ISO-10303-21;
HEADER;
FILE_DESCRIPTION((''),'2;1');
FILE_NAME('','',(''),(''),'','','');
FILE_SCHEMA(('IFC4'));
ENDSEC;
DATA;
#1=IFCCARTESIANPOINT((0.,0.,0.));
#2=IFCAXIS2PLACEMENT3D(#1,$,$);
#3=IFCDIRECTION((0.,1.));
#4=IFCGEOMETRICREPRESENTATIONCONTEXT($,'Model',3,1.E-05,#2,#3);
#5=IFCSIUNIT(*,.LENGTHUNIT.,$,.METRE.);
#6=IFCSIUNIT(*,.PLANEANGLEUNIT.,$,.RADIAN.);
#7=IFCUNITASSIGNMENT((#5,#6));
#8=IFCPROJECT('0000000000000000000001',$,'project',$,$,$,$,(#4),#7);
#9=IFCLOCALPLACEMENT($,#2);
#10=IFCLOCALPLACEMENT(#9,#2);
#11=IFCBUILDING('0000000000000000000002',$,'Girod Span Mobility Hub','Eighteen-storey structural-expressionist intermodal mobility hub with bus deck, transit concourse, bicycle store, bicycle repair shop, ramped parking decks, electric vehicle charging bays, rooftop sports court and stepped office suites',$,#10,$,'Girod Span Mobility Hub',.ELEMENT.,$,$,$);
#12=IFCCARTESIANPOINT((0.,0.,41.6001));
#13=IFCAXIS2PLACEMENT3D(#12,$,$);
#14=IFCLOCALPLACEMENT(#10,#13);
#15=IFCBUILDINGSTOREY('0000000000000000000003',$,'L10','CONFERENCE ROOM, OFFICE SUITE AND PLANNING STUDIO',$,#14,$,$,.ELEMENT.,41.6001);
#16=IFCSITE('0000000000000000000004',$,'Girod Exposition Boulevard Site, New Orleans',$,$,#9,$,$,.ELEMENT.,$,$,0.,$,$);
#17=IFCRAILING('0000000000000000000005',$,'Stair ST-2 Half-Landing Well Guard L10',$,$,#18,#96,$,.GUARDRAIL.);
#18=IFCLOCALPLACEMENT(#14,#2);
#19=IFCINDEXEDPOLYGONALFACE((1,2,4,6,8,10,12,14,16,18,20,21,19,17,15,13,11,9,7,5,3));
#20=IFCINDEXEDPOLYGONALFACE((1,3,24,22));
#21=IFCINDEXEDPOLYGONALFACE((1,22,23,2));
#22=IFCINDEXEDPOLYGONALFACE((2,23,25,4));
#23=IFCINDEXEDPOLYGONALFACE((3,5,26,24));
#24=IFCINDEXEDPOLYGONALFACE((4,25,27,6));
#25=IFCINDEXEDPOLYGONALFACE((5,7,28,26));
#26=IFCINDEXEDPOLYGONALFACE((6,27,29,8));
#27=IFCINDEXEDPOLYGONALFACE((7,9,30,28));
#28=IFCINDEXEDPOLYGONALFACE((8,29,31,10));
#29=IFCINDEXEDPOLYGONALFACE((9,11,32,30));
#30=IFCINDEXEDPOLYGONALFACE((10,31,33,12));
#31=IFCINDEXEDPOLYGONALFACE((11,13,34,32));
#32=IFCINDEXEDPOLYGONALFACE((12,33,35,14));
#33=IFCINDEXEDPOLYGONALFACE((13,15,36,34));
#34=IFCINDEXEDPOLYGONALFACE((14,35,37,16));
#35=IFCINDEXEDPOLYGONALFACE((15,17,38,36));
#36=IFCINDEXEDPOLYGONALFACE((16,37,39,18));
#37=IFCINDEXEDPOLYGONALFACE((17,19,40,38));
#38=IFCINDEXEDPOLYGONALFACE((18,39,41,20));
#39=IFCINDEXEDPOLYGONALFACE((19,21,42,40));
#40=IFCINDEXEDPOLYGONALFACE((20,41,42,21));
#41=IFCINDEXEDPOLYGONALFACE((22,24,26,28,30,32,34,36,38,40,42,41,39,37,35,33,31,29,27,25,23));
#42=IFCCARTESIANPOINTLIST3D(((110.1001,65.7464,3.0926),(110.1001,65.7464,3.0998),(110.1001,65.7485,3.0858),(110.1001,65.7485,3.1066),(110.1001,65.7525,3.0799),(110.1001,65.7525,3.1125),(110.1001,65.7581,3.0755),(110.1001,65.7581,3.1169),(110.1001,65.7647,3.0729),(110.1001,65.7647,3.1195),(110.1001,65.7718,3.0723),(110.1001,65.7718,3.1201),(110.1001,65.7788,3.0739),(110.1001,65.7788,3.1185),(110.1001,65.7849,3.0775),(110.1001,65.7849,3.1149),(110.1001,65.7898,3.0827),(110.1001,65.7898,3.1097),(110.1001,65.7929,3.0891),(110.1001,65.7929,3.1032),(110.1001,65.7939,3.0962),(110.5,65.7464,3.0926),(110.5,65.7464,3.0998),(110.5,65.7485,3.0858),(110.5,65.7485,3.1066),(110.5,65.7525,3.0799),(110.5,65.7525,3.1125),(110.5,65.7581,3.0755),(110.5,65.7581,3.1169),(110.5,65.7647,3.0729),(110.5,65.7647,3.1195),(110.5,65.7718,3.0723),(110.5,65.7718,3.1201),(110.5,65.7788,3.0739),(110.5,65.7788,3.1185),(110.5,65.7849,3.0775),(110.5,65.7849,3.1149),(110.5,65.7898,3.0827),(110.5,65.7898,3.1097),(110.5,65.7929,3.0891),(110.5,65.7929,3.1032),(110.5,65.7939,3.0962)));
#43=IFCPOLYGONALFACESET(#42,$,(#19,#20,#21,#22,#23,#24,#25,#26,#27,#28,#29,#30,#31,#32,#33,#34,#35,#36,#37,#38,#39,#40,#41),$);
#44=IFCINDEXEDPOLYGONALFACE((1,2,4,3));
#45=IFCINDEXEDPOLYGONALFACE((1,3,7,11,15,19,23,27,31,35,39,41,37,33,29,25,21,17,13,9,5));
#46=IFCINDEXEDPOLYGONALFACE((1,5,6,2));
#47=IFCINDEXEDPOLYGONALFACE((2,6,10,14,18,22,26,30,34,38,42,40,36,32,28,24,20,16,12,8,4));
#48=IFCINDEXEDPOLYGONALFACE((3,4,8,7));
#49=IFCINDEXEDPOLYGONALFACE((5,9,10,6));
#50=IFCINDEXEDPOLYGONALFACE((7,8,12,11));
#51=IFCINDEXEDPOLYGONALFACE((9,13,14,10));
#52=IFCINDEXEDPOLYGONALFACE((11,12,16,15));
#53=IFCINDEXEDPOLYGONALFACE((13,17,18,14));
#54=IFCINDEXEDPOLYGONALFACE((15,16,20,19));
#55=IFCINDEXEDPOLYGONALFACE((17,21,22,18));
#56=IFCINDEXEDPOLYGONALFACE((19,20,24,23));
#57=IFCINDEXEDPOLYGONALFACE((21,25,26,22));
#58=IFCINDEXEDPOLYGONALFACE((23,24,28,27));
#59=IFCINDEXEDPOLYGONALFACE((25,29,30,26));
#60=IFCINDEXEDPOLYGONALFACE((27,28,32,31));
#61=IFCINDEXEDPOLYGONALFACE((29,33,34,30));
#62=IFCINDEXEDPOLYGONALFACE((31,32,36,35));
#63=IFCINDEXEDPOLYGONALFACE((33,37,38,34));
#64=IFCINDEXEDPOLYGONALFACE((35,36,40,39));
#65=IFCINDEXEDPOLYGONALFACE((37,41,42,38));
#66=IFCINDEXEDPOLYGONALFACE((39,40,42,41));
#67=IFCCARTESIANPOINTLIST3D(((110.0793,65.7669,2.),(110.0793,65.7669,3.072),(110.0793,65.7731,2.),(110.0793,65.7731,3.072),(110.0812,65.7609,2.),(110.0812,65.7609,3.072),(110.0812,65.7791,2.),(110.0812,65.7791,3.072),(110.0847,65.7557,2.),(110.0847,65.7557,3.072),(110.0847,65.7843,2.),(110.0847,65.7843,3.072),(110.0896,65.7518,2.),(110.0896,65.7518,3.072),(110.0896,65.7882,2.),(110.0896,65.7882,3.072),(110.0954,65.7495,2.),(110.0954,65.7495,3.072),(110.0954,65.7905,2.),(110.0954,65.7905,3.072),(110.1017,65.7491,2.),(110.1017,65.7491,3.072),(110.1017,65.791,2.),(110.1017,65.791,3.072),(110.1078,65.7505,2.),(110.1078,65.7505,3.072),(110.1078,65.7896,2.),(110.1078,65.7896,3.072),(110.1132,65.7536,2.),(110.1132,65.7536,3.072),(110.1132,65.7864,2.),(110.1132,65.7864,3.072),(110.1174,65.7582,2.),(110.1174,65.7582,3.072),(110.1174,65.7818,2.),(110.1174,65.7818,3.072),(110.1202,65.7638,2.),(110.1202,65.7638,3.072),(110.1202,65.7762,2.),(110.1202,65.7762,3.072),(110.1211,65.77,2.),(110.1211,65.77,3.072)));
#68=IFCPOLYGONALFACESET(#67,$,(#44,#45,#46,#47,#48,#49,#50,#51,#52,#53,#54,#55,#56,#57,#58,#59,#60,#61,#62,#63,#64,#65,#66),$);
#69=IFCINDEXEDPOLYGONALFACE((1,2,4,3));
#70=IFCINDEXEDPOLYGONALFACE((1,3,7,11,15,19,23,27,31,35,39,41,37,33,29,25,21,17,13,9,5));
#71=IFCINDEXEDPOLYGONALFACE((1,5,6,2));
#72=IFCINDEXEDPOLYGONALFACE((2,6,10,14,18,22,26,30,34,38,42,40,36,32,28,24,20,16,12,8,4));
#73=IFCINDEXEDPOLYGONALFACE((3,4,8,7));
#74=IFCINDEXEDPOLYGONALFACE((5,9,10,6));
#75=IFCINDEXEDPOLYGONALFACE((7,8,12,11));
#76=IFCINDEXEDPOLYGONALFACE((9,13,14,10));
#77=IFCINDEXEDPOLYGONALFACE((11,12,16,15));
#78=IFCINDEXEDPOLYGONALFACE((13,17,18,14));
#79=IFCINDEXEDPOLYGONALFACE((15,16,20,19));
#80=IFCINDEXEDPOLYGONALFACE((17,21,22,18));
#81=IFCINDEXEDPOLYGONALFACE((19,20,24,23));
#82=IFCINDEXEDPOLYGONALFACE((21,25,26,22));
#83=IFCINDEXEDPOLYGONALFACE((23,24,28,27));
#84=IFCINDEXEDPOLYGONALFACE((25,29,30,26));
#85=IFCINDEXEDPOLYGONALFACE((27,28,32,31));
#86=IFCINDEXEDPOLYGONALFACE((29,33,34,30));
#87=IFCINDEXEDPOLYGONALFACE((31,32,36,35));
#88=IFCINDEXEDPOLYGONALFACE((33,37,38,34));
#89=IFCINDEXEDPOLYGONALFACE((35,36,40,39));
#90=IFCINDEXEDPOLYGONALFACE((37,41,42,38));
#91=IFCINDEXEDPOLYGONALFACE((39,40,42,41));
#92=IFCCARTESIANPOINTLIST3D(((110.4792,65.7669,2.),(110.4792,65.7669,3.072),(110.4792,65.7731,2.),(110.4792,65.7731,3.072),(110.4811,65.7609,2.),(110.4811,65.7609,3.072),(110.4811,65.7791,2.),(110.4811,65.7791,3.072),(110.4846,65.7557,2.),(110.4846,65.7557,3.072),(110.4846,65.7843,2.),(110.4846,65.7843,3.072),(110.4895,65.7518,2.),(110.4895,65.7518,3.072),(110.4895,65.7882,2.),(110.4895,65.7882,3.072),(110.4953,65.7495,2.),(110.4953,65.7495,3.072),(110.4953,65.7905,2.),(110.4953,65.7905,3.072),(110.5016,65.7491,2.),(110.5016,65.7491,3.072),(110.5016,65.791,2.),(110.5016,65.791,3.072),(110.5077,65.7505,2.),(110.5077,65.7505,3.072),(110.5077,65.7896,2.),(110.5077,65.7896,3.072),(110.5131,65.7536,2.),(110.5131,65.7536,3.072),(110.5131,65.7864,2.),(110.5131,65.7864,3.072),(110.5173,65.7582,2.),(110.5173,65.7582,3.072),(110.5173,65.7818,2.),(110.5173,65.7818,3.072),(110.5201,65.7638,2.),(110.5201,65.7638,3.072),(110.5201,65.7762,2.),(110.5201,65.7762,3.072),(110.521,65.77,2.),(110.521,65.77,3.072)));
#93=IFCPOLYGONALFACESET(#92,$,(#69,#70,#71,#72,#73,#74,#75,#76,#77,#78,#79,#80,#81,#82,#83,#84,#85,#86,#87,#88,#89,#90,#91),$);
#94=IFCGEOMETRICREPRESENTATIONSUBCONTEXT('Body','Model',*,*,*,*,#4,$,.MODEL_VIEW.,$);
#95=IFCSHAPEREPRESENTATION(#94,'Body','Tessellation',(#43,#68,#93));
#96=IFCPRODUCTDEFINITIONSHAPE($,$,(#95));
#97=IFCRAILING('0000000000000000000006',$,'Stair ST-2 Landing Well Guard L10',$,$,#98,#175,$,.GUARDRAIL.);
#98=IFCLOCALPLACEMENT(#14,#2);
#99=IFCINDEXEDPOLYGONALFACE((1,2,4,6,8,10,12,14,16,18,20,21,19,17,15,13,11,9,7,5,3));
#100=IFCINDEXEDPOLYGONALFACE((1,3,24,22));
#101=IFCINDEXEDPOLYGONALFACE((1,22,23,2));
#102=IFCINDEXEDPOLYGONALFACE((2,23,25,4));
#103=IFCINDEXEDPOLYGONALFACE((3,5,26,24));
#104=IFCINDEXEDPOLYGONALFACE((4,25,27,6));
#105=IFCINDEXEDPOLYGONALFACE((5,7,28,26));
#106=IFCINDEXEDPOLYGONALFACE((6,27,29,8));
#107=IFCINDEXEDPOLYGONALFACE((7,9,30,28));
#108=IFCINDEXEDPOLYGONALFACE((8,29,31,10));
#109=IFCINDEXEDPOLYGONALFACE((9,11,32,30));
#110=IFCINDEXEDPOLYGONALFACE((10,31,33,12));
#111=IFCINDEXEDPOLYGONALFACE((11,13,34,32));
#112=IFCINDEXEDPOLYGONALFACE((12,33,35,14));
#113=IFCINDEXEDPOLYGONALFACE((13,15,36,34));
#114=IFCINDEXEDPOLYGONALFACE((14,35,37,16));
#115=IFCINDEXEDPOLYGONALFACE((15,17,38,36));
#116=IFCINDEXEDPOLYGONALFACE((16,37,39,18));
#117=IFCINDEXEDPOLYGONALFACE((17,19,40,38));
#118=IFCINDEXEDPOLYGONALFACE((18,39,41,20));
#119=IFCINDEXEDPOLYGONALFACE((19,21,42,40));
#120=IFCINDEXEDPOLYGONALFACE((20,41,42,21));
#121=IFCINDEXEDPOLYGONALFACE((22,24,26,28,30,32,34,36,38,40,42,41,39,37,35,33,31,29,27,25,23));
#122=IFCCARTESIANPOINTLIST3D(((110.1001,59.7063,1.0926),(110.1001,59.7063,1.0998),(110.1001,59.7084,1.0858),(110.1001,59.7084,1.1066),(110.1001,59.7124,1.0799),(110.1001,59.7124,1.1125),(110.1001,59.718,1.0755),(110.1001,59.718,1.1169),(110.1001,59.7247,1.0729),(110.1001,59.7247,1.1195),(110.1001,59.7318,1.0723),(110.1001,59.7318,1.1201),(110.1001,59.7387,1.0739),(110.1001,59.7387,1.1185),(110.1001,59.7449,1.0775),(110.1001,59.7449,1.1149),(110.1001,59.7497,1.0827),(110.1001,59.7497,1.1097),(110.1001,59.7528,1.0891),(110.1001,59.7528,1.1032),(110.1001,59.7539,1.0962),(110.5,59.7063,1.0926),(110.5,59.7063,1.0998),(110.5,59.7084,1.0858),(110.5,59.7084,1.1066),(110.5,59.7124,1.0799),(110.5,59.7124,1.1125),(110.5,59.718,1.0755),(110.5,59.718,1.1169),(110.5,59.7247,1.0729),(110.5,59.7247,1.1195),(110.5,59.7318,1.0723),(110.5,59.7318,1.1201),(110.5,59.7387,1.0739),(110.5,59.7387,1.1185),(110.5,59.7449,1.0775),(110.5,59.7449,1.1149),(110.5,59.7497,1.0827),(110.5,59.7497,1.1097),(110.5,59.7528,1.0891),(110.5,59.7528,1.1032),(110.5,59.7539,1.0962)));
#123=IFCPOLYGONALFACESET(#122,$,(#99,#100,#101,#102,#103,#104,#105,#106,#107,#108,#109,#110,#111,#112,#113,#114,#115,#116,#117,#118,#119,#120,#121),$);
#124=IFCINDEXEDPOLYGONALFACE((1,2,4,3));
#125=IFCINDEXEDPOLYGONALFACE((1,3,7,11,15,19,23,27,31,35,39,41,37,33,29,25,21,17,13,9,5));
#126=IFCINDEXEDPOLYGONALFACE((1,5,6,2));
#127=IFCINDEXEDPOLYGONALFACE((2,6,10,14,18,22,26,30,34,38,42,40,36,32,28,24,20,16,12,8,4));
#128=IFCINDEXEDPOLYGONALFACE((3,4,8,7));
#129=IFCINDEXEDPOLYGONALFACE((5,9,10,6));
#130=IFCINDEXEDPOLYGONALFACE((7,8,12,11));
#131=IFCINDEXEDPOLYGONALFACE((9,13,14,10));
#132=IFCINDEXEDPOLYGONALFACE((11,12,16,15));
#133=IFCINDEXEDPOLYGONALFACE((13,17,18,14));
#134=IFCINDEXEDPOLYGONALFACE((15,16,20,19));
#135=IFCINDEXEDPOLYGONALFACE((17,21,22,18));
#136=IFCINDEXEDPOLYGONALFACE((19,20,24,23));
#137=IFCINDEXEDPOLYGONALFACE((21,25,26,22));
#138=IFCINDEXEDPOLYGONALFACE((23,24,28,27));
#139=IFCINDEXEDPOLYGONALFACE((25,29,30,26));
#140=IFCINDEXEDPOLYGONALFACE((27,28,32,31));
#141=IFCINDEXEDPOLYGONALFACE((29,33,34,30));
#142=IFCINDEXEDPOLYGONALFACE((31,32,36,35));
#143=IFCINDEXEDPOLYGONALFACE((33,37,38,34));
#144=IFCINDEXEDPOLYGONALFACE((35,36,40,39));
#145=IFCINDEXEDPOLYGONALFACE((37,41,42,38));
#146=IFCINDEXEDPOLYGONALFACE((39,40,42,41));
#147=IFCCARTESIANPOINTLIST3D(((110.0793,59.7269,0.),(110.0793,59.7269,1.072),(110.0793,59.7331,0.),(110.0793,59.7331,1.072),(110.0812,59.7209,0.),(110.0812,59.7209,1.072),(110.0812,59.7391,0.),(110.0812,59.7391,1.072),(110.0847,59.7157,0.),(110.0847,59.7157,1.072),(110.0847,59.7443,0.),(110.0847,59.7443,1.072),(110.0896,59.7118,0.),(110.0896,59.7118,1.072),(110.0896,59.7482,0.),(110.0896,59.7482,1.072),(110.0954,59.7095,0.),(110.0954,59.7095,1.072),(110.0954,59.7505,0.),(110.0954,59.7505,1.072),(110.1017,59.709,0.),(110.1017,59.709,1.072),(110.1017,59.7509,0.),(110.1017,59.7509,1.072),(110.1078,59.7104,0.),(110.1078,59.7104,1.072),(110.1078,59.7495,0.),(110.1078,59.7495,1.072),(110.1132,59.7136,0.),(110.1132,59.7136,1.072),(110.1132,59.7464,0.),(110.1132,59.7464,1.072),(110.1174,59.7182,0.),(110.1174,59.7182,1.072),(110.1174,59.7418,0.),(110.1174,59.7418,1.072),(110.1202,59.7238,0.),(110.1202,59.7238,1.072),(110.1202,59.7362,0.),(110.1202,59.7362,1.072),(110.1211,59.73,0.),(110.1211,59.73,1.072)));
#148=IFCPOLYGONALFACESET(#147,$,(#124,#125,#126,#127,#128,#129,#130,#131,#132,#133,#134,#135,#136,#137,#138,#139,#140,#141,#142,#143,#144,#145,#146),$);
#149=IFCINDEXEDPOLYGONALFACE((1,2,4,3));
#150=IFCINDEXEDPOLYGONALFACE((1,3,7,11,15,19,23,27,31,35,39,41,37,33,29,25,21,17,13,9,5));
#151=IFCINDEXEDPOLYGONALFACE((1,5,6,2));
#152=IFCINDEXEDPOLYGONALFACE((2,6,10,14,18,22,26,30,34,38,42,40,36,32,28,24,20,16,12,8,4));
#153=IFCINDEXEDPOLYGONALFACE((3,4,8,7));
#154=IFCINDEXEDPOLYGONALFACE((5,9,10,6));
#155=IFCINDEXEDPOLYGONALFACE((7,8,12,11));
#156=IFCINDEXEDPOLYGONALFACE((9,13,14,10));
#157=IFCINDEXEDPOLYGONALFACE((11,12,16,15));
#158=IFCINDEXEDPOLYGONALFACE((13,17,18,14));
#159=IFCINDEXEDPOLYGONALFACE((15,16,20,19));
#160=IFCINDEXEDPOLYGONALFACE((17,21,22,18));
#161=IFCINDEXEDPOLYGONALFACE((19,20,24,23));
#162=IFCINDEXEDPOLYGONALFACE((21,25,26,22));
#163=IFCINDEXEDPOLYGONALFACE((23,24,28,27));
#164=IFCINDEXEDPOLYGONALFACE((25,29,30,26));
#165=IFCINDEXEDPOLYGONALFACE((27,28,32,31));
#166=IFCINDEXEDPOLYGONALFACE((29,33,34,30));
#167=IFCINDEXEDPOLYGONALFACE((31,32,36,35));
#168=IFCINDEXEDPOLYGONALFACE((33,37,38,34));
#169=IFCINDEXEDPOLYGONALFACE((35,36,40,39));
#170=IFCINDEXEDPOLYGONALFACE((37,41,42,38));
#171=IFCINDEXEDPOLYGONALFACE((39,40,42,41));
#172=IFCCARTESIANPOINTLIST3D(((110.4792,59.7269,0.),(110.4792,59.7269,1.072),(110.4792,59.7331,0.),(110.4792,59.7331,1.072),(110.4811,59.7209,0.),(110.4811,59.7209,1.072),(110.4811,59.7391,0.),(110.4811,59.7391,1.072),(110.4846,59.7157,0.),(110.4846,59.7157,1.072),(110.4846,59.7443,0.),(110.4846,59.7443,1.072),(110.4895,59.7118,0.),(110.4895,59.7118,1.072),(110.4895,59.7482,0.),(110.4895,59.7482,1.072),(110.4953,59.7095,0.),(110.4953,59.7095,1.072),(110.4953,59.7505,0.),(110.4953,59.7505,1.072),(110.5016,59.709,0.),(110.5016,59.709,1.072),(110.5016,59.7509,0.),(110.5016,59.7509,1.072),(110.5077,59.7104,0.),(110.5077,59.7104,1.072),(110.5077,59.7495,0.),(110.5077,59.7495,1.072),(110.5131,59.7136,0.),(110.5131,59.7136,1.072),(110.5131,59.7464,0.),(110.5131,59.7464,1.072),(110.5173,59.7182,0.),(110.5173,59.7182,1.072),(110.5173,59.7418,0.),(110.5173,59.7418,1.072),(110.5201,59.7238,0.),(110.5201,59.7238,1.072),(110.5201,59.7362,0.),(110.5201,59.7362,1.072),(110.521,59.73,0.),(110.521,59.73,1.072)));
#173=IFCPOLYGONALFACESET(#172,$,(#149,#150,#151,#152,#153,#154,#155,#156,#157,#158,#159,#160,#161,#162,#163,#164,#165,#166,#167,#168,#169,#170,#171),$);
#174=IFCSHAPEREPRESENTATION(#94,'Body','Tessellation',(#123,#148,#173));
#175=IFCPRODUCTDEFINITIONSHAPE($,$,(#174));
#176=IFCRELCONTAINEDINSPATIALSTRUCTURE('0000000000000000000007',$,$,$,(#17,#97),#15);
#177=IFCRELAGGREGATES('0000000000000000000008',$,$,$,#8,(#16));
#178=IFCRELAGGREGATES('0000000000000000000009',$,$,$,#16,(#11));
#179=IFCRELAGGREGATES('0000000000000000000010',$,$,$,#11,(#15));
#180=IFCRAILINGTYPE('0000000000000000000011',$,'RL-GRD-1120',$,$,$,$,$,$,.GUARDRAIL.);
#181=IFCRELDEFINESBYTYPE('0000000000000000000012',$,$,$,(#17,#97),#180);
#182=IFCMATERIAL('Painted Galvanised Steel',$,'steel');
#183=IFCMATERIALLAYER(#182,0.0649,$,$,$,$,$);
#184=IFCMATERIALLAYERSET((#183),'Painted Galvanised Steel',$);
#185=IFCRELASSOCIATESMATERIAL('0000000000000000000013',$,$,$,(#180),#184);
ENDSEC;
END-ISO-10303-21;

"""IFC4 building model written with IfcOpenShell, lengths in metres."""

from ifc_helpers import new_model, si_unit, direction, frame, origin, origin_2d, place, context, subcontext, project, spatial, circle, extrude, material, layer, layer_set, type_object, element, save


model = new_model("IFC4")

# Units and contexts
model_context = context("Model", 3, precision=1e-05, world=origin(), true_north=direction((0.0, 1.0)))
body_context = subcontext(model_context, "Body", "Model", "MODEL_VIEW")
ifc_project = project(units=[si_unit("LENGTHUNIT", "METRE"), si_unit("PLANEANGLEUNIT", "RADIAN")], contexts=[model_context])

# Site, building, storey
site_placement = place(None, origin())
site = spatial("IfcSite", under=ifc_project, at=site_placement, Name="Girod Exposition Boulevard Site, New Orleans", CompositionType="ELEMENT", RefElevation=0.0)
building_placement = place(site_placement, origin())
building = spatial("IfcBuilding", under=site, at=building_placement, Name="Girod Span Mobility Hub", Description="Eighteen-storey structural-expressionist intermodal mobility hub with bus deck, transit concourse, bicycle store, bicycle repair shop, ramped parking decks, electric vehicle charging bays, rooftop sports court and stepped office suites", LongName="Girod Span Mobility Hub", CompositionType="ELEMENT")
storey_placement = place(building_placement, frame((0.0, 0.0, 41.6001)))
storey = spatial("IfcBuildingStorey", under=building, at=storey_placement, Name="L10", Description="CONFERENCE ROOM, OFFICE SUITE AND PLANNING STUDIO", CompositionType="ELEMENT", Elevation=41.6001)

# Railings
ifc_material_1 = material(Name="Painted Galvanised Steel", Category="steel")
ifc_layer_1 = layer(ifc_material_1, 0.0649)
ifc_layer_set_1 = layer_set([ifc_layer_1], Name="Painted Galvanised Steel")
railing_type_1 = type_object("IfcRailingType", Name="RL-GRD-1120", PredefinedType="GUARDRAIL", material=ifc_layer_set_1)
for number, where, name in (
    (1, (110.1001, 65.77, 2.0), "Stair ST-2 Half-Landing Well Guard L10"),
    (2, (110.1001, 59.73, 0.0), "Stair ST-2 Landing Well Guard L10"),
):
    element("IfcRailing", number, at=place(storey_placement, frame(where)), inside=storey, type_object=railing_type_1, Name=name, PredefinedType="GUARDRAIL", context=body_context, shape_type="SweptSolid", body=[
        extrude(circle(Radius=0.0239, at=origin_2d()), frame((0.0, 0.0, 1.0962), z_axis=(1.0, 0.0, 0.0), x_axis=(0.0, 1.0, 0.0)), (0.0, 0.0, 1.0), 0.3999),
        extrude(circle(Radius=0.021, at=origin_2d()), origin(), (0.0, 0.0, 1.0), 1.072),
        extrude(circle(Radius=0.021, at=origin_2d()), frame((0.3999, 0.0, 0.0)), (0.0, 0.0, 1.0), 1.072),
    ])

save(model, "model.ifc")
